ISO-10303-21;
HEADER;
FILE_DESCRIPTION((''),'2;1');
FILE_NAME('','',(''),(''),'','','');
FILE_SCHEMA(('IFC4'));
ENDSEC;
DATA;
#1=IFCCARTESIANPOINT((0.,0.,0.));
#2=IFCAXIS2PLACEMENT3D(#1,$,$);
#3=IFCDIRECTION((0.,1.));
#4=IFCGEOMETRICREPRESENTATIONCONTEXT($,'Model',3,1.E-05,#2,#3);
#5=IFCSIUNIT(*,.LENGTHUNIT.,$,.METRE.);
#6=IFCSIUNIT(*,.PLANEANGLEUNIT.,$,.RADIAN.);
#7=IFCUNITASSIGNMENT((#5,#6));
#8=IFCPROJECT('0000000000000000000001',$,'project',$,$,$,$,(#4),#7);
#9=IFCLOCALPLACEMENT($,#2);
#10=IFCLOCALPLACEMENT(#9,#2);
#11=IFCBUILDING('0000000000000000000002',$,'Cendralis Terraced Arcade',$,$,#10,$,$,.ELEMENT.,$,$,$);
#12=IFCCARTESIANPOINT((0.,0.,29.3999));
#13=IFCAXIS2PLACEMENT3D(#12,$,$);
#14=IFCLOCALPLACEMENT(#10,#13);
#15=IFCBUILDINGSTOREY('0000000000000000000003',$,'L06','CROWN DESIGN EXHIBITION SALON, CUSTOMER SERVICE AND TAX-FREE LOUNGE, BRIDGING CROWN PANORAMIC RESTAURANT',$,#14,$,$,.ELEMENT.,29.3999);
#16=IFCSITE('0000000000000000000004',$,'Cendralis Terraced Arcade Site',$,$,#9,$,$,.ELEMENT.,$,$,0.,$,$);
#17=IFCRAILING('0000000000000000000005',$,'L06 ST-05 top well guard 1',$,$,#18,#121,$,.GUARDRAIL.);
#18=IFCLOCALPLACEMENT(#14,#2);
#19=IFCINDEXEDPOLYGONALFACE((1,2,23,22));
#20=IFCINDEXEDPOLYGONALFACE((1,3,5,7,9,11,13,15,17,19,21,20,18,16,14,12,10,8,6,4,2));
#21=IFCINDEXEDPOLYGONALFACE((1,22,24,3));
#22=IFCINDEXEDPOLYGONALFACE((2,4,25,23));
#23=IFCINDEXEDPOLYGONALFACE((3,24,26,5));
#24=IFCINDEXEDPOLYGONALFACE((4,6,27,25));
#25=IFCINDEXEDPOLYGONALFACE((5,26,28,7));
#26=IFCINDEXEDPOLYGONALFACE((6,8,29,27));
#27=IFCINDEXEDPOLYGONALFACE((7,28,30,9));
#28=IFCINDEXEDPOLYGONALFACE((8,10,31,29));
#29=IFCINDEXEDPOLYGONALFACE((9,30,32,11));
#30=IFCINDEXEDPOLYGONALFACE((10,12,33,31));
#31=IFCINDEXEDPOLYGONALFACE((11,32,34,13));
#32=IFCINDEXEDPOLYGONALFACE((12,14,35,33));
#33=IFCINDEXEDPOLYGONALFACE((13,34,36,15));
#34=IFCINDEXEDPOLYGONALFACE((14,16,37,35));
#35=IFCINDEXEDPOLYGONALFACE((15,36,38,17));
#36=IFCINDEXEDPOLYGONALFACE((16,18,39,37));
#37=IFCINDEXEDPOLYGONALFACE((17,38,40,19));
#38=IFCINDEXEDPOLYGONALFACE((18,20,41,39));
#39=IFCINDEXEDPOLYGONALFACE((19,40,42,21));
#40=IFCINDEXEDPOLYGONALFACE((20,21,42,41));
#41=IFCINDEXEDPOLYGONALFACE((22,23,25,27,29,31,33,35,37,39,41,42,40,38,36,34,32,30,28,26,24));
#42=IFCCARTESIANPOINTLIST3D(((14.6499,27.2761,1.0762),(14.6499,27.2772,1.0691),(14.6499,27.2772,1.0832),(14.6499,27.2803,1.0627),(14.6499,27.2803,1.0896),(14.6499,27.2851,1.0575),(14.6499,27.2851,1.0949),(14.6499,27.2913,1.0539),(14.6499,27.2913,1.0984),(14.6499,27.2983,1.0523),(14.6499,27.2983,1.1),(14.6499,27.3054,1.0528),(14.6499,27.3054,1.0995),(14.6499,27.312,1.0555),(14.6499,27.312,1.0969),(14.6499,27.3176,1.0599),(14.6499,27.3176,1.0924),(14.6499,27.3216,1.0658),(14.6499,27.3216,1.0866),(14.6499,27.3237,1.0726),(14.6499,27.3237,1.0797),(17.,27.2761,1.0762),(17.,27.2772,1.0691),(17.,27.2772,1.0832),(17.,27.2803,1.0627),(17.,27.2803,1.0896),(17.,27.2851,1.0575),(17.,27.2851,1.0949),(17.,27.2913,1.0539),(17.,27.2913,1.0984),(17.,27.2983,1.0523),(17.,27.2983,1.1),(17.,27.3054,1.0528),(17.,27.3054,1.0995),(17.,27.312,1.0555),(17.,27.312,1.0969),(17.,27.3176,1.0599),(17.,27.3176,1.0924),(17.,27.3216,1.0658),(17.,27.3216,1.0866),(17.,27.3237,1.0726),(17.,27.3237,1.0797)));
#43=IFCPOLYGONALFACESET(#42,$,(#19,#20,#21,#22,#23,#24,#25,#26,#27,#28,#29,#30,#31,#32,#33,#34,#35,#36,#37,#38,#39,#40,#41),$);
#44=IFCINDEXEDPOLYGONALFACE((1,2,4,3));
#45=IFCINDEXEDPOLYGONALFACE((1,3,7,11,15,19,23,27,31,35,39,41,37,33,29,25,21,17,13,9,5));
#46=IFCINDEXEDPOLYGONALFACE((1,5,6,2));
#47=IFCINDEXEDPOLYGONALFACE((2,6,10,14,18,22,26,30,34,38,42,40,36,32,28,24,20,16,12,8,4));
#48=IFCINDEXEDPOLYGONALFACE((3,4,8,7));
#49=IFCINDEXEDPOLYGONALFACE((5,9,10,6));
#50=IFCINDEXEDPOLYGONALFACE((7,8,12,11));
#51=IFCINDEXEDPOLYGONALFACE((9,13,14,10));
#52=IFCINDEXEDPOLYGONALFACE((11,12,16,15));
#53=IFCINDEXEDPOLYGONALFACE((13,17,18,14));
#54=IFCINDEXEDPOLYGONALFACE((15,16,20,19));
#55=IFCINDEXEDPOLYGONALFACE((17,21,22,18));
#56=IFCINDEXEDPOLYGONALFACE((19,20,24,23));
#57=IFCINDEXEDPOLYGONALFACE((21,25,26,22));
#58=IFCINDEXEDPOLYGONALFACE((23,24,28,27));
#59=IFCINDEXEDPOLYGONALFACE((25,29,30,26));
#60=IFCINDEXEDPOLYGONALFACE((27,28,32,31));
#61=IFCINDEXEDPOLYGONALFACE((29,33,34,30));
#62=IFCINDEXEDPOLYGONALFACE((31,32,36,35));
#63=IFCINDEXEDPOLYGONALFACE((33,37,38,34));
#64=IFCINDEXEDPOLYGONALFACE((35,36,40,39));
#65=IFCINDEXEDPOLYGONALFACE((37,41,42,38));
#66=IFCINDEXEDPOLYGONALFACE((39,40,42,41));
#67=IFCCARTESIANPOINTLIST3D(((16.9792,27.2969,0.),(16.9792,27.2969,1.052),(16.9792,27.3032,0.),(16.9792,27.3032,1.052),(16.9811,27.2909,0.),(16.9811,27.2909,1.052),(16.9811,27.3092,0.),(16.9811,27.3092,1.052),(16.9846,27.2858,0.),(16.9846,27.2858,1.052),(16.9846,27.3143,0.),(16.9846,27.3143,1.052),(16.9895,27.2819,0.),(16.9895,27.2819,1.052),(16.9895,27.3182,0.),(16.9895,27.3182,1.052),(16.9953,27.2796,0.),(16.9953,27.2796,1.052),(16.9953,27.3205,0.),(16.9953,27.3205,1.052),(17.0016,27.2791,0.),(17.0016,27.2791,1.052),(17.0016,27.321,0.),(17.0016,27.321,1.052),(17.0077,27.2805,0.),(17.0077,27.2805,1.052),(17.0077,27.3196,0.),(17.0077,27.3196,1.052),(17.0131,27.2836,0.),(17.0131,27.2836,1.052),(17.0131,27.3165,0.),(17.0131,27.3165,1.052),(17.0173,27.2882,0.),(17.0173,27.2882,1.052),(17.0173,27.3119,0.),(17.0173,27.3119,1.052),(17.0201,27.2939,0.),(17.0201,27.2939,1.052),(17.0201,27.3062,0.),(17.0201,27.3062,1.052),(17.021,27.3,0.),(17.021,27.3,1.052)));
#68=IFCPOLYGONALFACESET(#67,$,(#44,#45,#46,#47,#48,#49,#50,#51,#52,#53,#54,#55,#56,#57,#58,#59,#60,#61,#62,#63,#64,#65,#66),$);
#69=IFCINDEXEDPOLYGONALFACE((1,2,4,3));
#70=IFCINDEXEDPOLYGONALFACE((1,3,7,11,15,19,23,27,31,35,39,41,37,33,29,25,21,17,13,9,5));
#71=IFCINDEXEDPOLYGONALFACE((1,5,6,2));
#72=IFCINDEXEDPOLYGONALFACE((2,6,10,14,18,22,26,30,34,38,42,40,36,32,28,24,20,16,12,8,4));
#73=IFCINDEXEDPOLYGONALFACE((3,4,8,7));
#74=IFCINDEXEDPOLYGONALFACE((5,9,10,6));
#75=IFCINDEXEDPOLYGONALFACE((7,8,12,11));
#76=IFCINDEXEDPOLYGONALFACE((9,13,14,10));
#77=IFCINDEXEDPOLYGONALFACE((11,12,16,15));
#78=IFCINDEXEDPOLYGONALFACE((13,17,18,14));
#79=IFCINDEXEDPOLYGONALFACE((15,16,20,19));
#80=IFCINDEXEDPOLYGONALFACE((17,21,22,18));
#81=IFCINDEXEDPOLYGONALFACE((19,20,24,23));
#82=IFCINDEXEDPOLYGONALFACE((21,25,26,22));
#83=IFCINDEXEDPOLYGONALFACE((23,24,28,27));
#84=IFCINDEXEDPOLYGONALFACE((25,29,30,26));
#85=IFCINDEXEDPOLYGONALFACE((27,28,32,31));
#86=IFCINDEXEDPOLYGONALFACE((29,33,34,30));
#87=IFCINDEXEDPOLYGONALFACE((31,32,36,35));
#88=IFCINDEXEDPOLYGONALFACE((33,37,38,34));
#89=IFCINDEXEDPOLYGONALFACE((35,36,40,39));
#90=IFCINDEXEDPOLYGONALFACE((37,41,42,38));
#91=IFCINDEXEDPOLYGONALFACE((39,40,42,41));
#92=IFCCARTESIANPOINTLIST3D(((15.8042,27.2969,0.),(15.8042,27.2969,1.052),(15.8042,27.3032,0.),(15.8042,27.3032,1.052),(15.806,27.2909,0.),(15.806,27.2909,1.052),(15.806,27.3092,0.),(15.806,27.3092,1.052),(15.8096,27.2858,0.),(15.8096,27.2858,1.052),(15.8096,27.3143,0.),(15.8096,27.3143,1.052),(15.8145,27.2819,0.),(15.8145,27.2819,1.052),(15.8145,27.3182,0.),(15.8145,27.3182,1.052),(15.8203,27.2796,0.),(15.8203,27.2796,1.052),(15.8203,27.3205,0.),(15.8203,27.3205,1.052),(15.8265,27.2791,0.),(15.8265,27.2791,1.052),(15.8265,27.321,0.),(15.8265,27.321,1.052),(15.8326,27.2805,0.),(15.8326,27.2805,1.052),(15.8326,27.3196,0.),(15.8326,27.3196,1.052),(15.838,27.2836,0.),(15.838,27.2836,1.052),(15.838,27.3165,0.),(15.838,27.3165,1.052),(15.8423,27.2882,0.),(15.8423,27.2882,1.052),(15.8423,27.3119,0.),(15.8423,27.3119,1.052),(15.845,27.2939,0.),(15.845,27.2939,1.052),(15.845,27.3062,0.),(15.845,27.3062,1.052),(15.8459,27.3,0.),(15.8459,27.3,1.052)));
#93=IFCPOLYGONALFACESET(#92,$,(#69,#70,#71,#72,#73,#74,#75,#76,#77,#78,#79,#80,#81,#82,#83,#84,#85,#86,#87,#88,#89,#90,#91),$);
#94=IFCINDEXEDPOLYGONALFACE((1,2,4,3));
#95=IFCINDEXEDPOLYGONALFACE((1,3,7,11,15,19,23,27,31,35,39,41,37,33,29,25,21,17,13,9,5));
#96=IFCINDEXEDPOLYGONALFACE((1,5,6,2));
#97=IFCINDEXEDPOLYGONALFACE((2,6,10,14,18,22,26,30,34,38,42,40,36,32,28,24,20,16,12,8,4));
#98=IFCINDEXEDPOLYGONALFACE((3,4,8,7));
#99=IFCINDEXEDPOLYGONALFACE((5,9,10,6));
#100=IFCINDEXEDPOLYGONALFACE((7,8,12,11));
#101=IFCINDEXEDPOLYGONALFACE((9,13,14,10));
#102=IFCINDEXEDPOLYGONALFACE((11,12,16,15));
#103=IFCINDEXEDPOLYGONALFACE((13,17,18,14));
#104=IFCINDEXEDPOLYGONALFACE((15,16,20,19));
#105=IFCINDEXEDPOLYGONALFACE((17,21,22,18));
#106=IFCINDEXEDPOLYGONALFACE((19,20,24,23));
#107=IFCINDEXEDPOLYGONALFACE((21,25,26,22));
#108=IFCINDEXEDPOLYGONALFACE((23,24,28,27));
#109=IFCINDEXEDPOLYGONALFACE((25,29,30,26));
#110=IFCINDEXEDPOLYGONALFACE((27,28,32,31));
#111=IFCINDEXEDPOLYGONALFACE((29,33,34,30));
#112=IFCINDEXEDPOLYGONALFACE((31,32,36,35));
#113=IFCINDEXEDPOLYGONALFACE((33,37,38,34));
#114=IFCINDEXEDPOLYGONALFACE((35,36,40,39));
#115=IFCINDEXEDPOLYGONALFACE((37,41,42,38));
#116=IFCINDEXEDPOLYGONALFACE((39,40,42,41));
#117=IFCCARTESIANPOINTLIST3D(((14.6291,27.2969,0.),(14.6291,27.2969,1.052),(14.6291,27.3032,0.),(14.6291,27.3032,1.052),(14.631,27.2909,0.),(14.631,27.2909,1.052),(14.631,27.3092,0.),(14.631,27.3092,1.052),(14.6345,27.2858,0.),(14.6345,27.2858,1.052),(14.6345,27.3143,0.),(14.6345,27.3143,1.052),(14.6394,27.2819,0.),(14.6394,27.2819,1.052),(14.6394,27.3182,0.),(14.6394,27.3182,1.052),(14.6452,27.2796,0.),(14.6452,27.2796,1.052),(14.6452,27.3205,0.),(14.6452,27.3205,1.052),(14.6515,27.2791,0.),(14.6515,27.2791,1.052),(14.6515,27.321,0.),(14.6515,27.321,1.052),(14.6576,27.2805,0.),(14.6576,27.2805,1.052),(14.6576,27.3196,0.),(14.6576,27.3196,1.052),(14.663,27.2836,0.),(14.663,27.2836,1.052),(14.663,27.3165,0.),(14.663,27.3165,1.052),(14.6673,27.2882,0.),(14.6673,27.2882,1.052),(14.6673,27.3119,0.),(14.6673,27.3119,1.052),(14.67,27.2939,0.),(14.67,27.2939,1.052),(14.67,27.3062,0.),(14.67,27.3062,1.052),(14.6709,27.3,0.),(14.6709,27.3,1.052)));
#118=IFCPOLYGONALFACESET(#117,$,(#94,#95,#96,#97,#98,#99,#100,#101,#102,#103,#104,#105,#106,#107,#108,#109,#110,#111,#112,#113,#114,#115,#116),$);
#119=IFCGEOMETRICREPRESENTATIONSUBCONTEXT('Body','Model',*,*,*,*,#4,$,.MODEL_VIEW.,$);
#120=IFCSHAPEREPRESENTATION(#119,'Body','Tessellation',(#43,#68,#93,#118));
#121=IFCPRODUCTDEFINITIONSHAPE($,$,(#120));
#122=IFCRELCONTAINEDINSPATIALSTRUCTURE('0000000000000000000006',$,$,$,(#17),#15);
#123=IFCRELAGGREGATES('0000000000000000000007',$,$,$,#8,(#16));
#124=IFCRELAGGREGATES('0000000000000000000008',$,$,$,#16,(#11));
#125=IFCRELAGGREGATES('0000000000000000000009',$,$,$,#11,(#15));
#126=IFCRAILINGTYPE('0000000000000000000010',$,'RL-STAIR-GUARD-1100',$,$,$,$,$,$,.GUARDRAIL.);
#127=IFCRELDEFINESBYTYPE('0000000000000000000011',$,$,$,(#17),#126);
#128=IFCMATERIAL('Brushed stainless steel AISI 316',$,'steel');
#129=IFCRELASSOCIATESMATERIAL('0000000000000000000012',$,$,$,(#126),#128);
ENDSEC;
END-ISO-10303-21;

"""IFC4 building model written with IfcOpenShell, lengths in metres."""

from ifc_helpers import new_model, si_unit, direction, frame, origin, origin_2d, place, context, subcontext, project, spatial, circle, extrude, material, type_object, element, save


model = new_model("IFC4")

# Units and contexts
model_context = context("Model", 3, precision=1e-05, world=origin(), true_north=direction((0.0, 1.0)))
body_context = subcontext(model_context, "Body", "Model", "MODEL_VIEW")
ifc_project = project(units=[si_unit("LENGTHUNIT", "METRE"), si_unit("PLANEANGLEUNIT", "RADIAN")], contexts=[model_context])

# Site, building, storey
site_placement = place(None, origin())
site = spatial("IfcSite", under=ifc_project, at=site_placement, Name="Cendralis Terraced Arcade Site", CompositionType="ELEMENT", RefElevation=0.0)
building_placement = place(site_placement, origin())
building = spatial("IfcBuilding", under=site, at=building_placement, Name="Cendralis Terraced Arcade", CompositionType="ELEMENT")
storey_placement = place(building_placement, frame((0.0, 0.0, 29.3999)))
storey = spatial("IfcBuildingStorey", under=building, at=storey_placement, Name="L06", Description="CROWN DESIGN EXHIBITION SALON, CUSTOMER SERVICE AND TAX-FREE LOUNGE, BRIDGING CROWN PANORAMIC RESTAURANT", CompositionType="ELEMENT", Elevation=29.3999)

# Railing
ifc_material_1 = material(Name="Brushed stainless steel AISI 316", Category="steel")
railing_type = type_object("IfcRailingType", Name="RL-STAIR-GUARD-1100", PredefinedType="GUARDRAIL", material=ifc_material_1)
for number, where, name in (
    (1, (17.0, 27.3, 0.0), "L06 ST-05 top well guard 1"),
):
    element("IfcRailing", number, at=place(storey_placement, frame(where)), inside=storey, type_object=railing_type, Name=name, PredefinedType="GUARDRAIL", context=body_context, shape_type="SweptSolid", body=[
        extrude(circle(Radius=0.0239, at=origin_2d()), frame((0.0, 0.0, 1.0762), z_axis=(-1.0, 0.0, 0.0), x_axis=(0.0, -1.0, 0.0)), (0.0, 0.0, 1.0), 2.3501),
        extrude(circle(Radius=0.021, at=origin_2d()), origin(), (0.0, 0.0, 1.0), 1.052),
        extrude(circle(Radius=0.021, at=origin_2d()), frame((-1.175, 0.0, 0.0)), (0.0, 0.0, 1.0), 1.052),
        extrude(circle(Radius=0.021, at=origin_2d()), frame((-2.3501, 0.0, 0.0)), (0.0, 0.0, 1.0), 1.052),
    ])

save(model, "model.ifc")
